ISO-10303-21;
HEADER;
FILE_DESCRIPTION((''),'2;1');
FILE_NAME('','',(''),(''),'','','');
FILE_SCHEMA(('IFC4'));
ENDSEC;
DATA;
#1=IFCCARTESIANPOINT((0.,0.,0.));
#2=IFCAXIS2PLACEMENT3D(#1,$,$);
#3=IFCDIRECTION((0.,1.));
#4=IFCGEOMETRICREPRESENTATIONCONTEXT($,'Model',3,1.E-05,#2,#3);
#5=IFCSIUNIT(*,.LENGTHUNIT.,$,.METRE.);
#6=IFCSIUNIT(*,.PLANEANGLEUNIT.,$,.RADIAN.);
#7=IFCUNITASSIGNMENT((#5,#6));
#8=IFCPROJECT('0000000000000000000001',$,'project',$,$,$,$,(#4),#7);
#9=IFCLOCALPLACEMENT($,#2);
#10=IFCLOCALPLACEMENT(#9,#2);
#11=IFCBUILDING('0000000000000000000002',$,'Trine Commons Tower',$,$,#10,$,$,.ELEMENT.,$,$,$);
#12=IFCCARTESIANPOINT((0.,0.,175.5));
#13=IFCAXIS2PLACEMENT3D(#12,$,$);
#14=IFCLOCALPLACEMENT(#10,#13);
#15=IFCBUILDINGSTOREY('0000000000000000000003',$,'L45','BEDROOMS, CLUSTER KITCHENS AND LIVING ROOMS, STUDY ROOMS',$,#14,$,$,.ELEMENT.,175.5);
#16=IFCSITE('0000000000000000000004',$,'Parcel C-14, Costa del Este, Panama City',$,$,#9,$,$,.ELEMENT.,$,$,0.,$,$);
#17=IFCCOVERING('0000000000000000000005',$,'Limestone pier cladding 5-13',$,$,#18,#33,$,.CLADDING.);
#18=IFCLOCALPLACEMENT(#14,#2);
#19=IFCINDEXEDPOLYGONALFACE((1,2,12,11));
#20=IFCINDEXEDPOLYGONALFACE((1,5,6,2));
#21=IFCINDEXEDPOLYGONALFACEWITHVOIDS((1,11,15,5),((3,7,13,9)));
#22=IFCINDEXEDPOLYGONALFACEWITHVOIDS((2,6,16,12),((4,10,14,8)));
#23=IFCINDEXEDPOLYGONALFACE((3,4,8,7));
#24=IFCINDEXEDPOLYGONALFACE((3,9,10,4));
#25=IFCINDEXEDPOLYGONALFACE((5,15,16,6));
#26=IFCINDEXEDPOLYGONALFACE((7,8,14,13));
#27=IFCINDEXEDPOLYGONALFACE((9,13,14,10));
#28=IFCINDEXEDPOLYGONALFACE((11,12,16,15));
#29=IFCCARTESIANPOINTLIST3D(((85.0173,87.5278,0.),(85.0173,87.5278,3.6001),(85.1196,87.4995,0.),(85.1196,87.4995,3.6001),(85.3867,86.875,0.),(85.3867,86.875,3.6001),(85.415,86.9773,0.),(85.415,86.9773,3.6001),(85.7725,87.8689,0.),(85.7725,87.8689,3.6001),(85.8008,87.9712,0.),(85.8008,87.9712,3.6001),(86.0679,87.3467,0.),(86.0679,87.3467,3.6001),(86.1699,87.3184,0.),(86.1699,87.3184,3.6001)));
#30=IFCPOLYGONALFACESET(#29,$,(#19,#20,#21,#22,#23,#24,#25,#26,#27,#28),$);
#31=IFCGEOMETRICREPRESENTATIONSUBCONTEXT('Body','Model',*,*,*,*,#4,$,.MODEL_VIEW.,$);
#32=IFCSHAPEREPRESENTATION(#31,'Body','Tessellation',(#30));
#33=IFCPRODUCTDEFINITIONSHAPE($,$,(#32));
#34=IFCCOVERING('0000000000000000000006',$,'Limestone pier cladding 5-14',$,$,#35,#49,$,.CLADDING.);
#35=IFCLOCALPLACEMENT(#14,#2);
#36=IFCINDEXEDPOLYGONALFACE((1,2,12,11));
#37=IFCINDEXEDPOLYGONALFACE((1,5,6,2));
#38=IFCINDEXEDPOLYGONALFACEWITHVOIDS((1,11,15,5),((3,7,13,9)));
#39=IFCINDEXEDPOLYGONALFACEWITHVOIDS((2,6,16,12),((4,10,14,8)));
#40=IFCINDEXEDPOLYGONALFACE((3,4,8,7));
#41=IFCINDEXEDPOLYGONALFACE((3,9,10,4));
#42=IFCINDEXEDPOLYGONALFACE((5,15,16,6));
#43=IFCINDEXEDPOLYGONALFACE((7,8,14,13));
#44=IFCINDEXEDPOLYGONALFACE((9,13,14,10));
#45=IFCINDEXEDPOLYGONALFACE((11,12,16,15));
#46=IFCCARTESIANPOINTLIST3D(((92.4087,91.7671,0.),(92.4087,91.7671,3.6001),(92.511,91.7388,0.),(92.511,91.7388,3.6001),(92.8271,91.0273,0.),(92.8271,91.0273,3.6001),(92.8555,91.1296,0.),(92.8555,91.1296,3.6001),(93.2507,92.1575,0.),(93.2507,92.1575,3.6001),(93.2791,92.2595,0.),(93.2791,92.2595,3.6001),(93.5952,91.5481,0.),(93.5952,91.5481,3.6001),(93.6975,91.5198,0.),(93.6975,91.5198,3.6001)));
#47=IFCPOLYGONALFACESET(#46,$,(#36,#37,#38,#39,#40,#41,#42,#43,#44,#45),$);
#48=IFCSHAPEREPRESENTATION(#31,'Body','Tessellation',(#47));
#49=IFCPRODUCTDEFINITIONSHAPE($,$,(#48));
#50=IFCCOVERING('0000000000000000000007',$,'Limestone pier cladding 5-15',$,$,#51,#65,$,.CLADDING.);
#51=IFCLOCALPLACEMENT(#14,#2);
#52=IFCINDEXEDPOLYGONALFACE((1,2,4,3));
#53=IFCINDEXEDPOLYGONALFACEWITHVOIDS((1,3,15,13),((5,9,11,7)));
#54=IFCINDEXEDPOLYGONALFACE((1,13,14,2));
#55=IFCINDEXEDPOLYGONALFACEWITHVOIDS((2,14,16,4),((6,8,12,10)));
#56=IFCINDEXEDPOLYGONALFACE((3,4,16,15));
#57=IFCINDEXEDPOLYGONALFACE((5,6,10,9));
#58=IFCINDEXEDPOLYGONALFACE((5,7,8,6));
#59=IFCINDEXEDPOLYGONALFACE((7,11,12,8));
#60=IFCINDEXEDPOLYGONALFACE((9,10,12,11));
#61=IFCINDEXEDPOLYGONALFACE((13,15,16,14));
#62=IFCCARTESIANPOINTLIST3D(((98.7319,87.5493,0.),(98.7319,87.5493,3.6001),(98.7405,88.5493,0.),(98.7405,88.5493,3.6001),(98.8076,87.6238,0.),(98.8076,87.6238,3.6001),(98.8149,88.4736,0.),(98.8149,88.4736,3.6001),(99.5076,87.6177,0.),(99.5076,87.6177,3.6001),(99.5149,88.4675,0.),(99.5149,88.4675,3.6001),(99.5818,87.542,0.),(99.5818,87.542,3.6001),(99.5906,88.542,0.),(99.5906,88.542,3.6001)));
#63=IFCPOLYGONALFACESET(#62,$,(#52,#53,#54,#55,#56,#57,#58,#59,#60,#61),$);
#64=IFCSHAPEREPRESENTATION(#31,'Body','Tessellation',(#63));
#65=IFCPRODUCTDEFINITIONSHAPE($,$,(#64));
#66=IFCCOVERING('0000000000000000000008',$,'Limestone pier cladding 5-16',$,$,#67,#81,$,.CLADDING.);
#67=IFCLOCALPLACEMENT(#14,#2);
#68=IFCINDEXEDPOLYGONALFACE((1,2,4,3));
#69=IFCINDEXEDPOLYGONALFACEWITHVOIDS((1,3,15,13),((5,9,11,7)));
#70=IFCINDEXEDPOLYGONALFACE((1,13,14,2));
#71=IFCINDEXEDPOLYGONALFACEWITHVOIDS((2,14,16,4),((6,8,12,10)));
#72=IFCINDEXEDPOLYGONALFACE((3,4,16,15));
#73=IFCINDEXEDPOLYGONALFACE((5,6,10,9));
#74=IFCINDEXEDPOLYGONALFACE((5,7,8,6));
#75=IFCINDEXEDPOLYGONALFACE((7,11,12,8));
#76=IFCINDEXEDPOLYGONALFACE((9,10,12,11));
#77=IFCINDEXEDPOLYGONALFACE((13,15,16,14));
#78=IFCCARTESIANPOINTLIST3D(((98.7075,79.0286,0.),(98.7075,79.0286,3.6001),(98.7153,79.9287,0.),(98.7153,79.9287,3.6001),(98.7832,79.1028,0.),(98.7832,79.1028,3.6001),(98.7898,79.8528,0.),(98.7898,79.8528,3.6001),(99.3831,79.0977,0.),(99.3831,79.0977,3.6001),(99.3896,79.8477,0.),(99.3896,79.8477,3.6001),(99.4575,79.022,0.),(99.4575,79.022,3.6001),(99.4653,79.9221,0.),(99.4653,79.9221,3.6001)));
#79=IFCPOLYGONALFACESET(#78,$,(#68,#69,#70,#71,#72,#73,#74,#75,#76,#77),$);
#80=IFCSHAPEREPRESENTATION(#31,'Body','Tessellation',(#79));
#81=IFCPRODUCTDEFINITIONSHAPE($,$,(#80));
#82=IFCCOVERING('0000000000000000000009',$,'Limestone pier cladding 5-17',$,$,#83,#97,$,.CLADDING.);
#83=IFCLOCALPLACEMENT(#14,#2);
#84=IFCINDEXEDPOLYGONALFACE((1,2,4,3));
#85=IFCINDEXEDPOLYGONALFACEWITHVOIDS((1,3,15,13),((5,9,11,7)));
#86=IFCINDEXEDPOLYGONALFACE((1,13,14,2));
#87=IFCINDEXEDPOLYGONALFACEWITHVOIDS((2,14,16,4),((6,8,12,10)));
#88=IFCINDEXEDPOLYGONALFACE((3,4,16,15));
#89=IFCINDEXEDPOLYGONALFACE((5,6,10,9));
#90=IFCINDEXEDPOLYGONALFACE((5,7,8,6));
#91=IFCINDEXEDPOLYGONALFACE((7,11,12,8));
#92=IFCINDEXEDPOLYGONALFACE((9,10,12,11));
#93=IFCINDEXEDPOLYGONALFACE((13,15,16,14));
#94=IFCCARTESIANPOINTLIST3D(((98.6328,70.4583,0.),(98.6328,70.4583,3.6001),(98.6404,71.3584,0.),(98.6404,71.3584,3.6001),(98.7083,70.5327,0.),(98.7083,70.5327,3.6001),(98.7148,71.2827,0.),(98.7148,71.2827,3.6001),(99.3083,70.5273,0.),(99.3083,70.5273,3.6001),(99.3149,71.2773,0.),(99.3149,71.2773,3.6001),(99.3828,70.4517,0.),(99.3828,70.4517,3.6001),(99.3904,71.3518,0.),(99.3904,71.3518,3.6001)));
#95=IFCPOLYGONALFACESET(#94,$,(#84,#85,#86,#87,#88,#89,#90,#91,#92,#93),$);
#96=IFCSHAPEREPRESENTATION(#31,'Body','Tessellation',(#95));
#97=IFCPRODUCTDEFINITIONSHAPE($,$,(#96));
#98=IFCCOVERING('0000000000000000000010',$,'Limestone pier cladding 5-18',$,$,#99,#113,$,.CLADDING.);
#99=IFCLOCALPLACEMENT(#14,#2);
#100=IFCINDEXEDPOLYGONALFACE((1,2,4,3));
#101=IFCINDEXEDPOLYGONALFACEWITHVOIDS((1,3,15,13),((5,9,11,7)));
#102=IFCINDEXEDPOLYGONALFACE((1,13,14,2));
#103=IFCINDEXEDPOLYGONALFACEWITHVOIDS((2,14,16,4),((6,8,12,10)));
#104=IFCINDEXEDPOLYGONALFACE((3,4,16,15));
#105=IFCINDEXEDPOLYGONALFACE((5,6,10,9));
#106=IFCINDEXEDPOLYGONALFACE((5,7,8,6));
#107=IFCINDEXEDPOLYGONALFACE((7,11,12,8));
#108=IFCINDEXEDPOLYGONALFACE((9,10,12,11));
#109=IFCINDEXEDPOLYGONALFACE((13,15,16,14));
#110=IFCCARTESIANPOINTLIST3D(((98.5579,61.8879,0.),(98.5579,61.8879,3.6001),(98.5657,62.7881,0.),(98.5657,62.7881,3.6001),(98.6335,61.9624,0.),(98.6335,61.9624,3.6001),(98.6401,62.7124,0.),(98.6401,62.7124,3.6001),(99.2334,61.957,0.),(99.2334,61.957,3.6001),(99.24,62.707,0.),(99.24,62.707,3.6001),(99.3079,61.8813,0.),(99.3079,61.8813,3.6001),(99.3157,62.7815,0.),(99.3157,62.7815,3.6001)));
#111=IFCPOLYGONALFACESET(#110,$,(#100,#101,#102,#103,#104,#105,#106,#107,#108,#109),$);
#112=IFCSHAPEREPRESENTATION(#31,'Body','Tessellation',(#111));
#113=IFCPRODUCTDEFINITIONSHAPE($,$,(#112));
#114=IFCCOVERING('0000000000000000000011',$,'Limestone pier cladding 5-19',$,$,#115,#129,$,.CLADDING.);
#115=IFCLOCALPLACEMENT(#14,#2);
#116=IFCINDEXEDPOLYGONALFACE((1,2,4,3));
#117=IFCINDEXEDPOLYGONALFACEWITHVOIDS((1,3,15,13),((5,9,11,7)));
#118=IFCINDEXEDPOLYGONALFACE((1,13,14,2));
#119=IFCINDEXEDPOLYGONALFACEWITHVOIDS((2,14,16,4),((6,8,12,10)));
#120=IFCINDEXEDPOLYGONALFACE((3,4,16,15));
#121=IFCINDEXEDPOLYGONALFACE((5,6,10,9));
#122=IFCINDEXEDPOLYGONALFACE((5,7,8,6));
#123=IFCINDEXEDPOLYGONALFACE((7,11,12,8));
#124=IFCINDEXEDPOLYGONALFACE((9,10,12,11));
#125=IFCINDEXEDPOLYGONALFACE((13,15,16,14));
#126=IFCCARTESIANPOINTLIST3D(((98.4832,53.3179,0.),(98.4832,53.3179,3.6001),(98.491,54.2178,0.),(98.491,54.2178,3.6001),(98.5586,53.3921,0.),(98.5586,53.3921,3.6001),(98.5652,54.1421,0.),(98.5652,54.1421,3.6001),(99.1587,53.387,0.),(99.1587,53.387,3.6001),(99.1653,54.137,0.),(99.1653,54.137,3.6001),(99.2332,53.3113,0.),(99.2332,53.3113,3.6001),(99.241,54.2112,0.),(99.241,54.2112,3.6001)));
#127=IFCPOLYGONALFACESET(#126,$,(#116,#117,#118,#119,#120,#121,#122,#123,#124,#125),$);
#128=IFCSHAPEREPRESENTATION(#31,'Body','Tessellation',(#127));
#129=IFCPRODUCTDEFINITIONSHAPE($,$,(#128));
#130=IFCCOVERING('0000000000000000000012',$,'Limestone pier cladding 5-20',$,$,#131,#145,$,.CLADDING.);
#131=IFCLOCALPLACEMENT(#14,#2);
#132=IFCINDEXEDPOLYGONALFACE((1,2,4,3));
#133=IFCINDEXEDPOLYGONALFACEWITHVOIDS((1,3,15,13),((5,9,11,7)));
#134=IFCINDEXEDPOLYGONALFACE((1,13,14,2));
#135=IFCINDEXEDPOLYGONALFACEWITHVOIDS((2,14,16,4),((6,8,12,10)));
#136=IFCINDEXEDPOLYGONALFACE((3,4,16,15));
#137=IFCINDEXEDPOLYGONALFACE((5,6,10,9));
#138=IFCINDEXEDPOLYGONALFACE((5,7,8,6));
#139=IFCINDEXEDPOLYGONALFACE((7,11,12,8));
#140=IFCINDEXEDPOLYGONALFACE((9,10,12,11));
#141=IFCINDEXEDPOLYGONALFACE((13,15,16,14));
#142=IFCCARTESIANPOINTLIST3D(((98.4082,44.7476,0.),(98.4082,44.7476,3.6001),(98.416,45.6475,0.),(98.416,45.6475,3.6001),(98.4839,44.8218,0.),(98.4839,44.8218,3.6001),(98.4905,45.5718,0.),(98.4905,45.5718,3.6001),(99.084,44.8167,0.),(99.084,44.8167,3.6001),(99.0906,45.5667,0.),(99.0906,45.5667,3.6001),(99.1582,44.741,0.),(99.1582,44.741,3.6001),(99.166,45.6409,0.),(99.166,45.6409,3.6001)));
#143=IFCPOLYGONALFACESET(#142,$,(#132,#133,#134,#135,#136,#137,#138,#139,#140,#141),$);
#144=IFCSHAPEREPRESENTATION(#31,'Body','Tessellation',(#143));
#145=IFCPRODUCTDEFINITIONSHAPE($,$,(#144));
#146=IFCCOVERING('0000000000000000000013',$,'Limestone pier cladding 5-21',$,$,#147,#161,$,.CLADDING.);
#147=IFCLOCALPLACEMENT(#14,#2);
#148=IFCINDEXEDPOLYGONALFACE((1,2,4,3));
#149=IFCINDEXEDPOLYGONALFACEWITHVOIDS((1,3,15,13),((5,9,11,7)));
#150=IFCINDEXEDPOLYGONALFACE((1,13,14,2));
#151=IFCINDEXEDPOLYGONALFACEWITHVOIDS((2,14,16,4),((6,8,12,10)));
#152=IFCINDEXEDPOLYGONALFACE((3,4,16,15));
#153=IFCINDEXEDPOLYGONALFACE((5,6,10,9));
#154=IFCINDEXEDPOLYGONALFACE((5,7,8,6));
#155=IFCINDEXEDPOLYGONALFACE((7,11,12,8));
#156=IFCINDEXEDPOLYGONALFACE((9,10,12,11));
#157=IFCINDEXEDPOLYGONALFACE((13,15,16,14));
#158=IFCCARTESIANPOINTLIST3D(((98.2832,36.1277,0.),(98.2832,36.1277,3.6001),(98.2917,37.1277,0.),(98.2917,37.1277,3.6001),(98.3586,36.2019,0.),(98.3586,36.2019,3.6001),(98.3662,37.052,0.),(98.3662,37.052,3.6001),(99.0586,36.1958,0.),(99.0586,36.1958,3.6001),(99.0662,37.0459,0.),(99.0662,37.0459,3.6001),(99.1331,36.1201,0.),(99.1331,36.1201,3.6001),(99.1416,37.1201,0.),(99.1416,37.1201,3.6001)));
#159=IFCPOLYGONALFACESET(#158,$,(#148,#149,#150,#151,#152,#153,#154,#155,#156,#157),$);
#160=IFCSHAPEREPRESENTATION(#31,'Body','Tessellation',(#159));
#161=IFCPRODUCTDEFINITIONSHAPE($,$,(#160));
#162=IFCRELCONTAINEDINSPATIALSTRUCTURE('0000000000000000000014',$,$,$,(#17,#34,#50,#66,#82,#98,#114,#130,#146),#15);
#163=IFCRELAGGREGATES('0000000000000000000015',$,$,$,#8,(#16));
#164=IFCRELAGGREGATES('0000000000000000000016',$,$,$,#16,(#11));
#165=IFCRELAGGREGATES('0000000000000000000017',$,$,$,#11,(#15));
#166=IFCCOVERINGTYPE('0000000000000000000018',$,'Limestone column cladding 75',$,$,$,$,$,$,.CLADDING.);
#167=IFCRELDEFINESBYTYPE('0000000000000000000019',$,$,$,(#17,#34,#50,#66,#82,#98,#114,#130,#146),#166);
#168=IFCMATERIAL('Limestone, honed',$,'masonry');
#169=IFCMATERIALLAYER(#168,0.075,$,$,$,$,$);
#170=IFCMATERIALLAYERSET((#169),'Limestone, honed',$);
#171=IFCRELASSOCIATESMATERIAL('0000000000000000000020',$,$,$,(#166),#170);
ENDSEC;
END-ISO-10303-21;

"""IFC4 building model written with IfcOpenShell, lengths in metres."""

from ifc_helpers import new_model, si_unit, direction, frame, origin, place, context, subcontext, project, spatial, polyline, outline, extrude, material, layer, layer_set, type_object, element, save


model = new_model("IFC4")

# Units and contexts
model_context = context("Model", 3, precision=1e-05, world=origin(), true_north=direction((0.0, 1.0)))
body_context = subcontext(model_context, "Body", "Model", "MODEL_VIEW")
ifc_project = project(units=[si_unit("LENGTHUNIT", "METRE"), si_unit("PLANEANGLEUNIT", "RADIAN")], contexts=[model_context])

# Site, building, storey
site_placement = place(None, origin())
site = spatial("IfcSite", under=ifc_project, at=site_placement, Name="Parcel C-14, Costa del Este, Panama City", CompositionType="ELEMENT", RefElevation=0.0)
building_placement = place(site_placement, origin())
building = spatial("IfcBuilding", under=site, at=building_placement, Name="Trine Commons Tower", CompositionType="ELEMENT")
storey_placement = place(building_placement, frame((0.0, 0.0, 175.5)))
storey = spatial("IfcBuildingStorey", under=building, at=storey_placement, Name="L45", Description="BEDROOMS, CLUSTER KITCHENS AND LIVING ROOMS, STUDY ROOMS", CompositionType="ELEMENT", Elevation=175.5)

# Coverings
ifc_material_1 = material(Name="Limestone, honed", Category="masonry")
ifc_layer_1 = layer(ifc_material_1, 0.075)
ifc_layer_set_1 = layer_set([ifc_layer_1], Name="Limestone, honed")
covering_type_1 = type_object("IfcCoveringType", Name="Limestone column cladding 75", PredefinedType="CLADDING", material=ifc_layer_set_1)
covering_1_placement = place(storey_placement, origin())
element("IfcCovering", 1, at=covering_1_placement, inside=storey, type_object=covering_type_1, Name="Limestone pier cladding 5-13", PredefinedType="CLADDING", context=body_context, shape_type="SweptSolid", body=[
    extrude(outline(polyline([(86.1699, 87.3184), (85.8008, 87.9712), (85.0173, 87.5278), (85.3867, 86.875), (86.1699, 87.3184)]), holes=[polyline([(86.0679, 87.3467), (85.7725, 87.8689), (85.1196, 87.4995), (85.415, 86.9773), (86.0679, 87.3467)])]), origin(), (0.0, 0.0, 1.0), 3.6001),
])
covering_2_placement = place(storey_placement, origin())
element("IfcCovering", 2, at=covering_2_placement, inside=storey, type_object=covering_type_1, Name="Limestone pier cladding 5-14", PredefinedType="CLADDING", context=body_context, shape_type="SweptSolid", body=[
    extrude(outline(polyline([(93.6975, 91.5198), (93.2791, 92.2595), (92.4087, 91.7671), (92.8271, 91.0273), (93.6975, 91.5198)]), holes=[polyline([(93.5952, 91.5481), (93.2507, 92.1575), (92.511, 91.7388), (92.8555, 91.1296), (93.5952, 91.5481)])]), origin(), (0.0, 0.0, 1.0), 3.6001),
])
covering_3_placement = place(storey_placement, origin())
element("IfcCovering", 3, at=covering_3_placement, inside=storey, type_object=covering_type_1, Name="Limestone pier cladding 5-15", PredefinedType="CLADDING", context=body_context, shape_type="SweptSolid", body=[
    extrude(outline(polyline([(99.5906, 88.542), (98.7405, 88.5493), (98.7319, 87.5493), (99.5818, 87.542), (99.5906, 88.542)]), holes=[polyline([(99.5149, 88.4675), (98.8149, 88.4736), (98.8076, 87.6238), (99.5076, 87.6177), (99.5149, 88.4675)])]), origin(), (0.0, 0.0, 1.0), 3.6001),
])
covering_4_placement = place(storey_placement, origin())
element("IfcCovering", 4, at=covering_4_placement, inside=storey, type_object=covering_type_1, Name="Limestone pier cladding 5-16", PredefinedType="CLADDING", context=body_context, shape_type="SweptSolid", body=[
    extrude(outline(polyline([(99.4653, 79.9221), (98.7153, 79.9287), (98.7075, 79.0286), (99.4575, 79.022), (99.4653, 79.9221)]), holes=[polyline([(99.3896, 79.8477), (98.7898, 79.8528), (98.7832, 79.1028), (99.3831, 79.0977), (99.3896, 79.8477)])]), origin(), (0.0, 0.0, 1.0), 3.6001),
])
covering_5_placement = place(storey_placement, origin())
element("IfcCovering", 5, at=covering_5_placement, inside=storey, type_object=covering_type_1, Name="Limestone pier cladding 5-17", PredefinedType="CLADDING", context=body_context, shape_type="SweptSolid", body=[
    extrude(outline(polyline([(99.3904, 71.3518), (98.6404, 71.3584), (98.6328, 70.4583), (99.3828, 70.4517), (99.3904, 71.3518)]), holes=[polyline([(99.3149, 71.2773), (98.7148, 71.2827), (98.7083, 70.5327), (99.3083, 70.5273), (99.3149, 71.2773)])]), origin(), (0.0, 0.0, 1.0), 3.6001),
])
covering_6_placement = place(storey_placement, origin())
element("IfcCovering", 6, at=covering_6_placement, inside=storey, type_object=covering_type_1, Name="Limestone pier cladding 5-18", PredefinedType="CLADDING", context=body_context, shape_type="SweptSolid", body=[
    extrude(outline(polyline([(99.3157, 62.7815), (98.5657, 62.7881), (98.5579, 61.8879), (99.3079, 61.8813), (99.3157, 62.7815)]), holes=[polyline([(99.24, 62.707), (98.6401, 62.7124), (98.6335, 61.9624), (99.2334, 61.957), (99.24, 62.707)])]), origin(), (0.0, 0.0, 1.0), 3.6001),
])
covering_7_placement = place(storey_placement, origin())
element("IfcCovering", 7, at=covering_7_placement, inside=storey, type_object=covering_type_1, Name="Limestone pier cladding 5-19", PredefinedType="CLADDING", context=body_context, shape_type="SweptSolid", body=[
    extrude(outline(polyline([(99.241, 54.2112), (98.491, 54.2178), (98.4832, 53.3179), (99.2332, 53.3113), (99.241, 54.2112)]), holes=[polyline([(99.1653, 54.137), (98.5652, 54.1421), (98.5586, 53.3921), (99.1587, 53.387), (99.1653, 54.137)])]), origin(), (0.0, 0.0, 1.0), 3.6001),
])
covering_8_placement = place(storey_placement, origin())
element("IfcCovering", 8, at=covering_8_placement, inside=storey, type_object=covering_type_1, Name="Limestone pier cladding 5-20", PredefinedType="CLADDING", context=body_context, shape_type="SweptSolid", body=[
    extrude(outline(polyline([(99.166, 45.6409), (98.416, 45.6475), (98.4082, 44.7476), (99.1582, 44.741), (99.166, 45.6409)]), holes=[polyline([(99.0906, 45.5667), (98.4905, 45.5718), (98.4839, 44.8218), (99.084, 44.8167), (99.0906, 45.5667)])]), origin(), (0.0, 0.0, 1.0), 3.6001),
])
covering_9_placement = place(storey_placement, origin())
element("IfcCovering", 9, at=covering_9_placement, inside=storey, type_object=covering_type_1, Name="Limestone pier cladding 5-21", PredefinedType="CLADDING", context=body_context, shape_type="SweptSolid", body=[
    extrude(outline(polyline([(99.1416, 37.1201), (98.2917, 37.1277), (98.2832, 36.1277), (99.1331, 36.1201), (99.1416, 37.1201)]), holes=[polyline([(99.0662, 37.0459), (98.3662, 37.052), (98.3586, 36.2019), (99.0586, 36.1958), (99.0662, 37.0459)])]), origin(), (0.0, 0.0, 1.0), 3.6001),
])

save(model, "model.ifc")
